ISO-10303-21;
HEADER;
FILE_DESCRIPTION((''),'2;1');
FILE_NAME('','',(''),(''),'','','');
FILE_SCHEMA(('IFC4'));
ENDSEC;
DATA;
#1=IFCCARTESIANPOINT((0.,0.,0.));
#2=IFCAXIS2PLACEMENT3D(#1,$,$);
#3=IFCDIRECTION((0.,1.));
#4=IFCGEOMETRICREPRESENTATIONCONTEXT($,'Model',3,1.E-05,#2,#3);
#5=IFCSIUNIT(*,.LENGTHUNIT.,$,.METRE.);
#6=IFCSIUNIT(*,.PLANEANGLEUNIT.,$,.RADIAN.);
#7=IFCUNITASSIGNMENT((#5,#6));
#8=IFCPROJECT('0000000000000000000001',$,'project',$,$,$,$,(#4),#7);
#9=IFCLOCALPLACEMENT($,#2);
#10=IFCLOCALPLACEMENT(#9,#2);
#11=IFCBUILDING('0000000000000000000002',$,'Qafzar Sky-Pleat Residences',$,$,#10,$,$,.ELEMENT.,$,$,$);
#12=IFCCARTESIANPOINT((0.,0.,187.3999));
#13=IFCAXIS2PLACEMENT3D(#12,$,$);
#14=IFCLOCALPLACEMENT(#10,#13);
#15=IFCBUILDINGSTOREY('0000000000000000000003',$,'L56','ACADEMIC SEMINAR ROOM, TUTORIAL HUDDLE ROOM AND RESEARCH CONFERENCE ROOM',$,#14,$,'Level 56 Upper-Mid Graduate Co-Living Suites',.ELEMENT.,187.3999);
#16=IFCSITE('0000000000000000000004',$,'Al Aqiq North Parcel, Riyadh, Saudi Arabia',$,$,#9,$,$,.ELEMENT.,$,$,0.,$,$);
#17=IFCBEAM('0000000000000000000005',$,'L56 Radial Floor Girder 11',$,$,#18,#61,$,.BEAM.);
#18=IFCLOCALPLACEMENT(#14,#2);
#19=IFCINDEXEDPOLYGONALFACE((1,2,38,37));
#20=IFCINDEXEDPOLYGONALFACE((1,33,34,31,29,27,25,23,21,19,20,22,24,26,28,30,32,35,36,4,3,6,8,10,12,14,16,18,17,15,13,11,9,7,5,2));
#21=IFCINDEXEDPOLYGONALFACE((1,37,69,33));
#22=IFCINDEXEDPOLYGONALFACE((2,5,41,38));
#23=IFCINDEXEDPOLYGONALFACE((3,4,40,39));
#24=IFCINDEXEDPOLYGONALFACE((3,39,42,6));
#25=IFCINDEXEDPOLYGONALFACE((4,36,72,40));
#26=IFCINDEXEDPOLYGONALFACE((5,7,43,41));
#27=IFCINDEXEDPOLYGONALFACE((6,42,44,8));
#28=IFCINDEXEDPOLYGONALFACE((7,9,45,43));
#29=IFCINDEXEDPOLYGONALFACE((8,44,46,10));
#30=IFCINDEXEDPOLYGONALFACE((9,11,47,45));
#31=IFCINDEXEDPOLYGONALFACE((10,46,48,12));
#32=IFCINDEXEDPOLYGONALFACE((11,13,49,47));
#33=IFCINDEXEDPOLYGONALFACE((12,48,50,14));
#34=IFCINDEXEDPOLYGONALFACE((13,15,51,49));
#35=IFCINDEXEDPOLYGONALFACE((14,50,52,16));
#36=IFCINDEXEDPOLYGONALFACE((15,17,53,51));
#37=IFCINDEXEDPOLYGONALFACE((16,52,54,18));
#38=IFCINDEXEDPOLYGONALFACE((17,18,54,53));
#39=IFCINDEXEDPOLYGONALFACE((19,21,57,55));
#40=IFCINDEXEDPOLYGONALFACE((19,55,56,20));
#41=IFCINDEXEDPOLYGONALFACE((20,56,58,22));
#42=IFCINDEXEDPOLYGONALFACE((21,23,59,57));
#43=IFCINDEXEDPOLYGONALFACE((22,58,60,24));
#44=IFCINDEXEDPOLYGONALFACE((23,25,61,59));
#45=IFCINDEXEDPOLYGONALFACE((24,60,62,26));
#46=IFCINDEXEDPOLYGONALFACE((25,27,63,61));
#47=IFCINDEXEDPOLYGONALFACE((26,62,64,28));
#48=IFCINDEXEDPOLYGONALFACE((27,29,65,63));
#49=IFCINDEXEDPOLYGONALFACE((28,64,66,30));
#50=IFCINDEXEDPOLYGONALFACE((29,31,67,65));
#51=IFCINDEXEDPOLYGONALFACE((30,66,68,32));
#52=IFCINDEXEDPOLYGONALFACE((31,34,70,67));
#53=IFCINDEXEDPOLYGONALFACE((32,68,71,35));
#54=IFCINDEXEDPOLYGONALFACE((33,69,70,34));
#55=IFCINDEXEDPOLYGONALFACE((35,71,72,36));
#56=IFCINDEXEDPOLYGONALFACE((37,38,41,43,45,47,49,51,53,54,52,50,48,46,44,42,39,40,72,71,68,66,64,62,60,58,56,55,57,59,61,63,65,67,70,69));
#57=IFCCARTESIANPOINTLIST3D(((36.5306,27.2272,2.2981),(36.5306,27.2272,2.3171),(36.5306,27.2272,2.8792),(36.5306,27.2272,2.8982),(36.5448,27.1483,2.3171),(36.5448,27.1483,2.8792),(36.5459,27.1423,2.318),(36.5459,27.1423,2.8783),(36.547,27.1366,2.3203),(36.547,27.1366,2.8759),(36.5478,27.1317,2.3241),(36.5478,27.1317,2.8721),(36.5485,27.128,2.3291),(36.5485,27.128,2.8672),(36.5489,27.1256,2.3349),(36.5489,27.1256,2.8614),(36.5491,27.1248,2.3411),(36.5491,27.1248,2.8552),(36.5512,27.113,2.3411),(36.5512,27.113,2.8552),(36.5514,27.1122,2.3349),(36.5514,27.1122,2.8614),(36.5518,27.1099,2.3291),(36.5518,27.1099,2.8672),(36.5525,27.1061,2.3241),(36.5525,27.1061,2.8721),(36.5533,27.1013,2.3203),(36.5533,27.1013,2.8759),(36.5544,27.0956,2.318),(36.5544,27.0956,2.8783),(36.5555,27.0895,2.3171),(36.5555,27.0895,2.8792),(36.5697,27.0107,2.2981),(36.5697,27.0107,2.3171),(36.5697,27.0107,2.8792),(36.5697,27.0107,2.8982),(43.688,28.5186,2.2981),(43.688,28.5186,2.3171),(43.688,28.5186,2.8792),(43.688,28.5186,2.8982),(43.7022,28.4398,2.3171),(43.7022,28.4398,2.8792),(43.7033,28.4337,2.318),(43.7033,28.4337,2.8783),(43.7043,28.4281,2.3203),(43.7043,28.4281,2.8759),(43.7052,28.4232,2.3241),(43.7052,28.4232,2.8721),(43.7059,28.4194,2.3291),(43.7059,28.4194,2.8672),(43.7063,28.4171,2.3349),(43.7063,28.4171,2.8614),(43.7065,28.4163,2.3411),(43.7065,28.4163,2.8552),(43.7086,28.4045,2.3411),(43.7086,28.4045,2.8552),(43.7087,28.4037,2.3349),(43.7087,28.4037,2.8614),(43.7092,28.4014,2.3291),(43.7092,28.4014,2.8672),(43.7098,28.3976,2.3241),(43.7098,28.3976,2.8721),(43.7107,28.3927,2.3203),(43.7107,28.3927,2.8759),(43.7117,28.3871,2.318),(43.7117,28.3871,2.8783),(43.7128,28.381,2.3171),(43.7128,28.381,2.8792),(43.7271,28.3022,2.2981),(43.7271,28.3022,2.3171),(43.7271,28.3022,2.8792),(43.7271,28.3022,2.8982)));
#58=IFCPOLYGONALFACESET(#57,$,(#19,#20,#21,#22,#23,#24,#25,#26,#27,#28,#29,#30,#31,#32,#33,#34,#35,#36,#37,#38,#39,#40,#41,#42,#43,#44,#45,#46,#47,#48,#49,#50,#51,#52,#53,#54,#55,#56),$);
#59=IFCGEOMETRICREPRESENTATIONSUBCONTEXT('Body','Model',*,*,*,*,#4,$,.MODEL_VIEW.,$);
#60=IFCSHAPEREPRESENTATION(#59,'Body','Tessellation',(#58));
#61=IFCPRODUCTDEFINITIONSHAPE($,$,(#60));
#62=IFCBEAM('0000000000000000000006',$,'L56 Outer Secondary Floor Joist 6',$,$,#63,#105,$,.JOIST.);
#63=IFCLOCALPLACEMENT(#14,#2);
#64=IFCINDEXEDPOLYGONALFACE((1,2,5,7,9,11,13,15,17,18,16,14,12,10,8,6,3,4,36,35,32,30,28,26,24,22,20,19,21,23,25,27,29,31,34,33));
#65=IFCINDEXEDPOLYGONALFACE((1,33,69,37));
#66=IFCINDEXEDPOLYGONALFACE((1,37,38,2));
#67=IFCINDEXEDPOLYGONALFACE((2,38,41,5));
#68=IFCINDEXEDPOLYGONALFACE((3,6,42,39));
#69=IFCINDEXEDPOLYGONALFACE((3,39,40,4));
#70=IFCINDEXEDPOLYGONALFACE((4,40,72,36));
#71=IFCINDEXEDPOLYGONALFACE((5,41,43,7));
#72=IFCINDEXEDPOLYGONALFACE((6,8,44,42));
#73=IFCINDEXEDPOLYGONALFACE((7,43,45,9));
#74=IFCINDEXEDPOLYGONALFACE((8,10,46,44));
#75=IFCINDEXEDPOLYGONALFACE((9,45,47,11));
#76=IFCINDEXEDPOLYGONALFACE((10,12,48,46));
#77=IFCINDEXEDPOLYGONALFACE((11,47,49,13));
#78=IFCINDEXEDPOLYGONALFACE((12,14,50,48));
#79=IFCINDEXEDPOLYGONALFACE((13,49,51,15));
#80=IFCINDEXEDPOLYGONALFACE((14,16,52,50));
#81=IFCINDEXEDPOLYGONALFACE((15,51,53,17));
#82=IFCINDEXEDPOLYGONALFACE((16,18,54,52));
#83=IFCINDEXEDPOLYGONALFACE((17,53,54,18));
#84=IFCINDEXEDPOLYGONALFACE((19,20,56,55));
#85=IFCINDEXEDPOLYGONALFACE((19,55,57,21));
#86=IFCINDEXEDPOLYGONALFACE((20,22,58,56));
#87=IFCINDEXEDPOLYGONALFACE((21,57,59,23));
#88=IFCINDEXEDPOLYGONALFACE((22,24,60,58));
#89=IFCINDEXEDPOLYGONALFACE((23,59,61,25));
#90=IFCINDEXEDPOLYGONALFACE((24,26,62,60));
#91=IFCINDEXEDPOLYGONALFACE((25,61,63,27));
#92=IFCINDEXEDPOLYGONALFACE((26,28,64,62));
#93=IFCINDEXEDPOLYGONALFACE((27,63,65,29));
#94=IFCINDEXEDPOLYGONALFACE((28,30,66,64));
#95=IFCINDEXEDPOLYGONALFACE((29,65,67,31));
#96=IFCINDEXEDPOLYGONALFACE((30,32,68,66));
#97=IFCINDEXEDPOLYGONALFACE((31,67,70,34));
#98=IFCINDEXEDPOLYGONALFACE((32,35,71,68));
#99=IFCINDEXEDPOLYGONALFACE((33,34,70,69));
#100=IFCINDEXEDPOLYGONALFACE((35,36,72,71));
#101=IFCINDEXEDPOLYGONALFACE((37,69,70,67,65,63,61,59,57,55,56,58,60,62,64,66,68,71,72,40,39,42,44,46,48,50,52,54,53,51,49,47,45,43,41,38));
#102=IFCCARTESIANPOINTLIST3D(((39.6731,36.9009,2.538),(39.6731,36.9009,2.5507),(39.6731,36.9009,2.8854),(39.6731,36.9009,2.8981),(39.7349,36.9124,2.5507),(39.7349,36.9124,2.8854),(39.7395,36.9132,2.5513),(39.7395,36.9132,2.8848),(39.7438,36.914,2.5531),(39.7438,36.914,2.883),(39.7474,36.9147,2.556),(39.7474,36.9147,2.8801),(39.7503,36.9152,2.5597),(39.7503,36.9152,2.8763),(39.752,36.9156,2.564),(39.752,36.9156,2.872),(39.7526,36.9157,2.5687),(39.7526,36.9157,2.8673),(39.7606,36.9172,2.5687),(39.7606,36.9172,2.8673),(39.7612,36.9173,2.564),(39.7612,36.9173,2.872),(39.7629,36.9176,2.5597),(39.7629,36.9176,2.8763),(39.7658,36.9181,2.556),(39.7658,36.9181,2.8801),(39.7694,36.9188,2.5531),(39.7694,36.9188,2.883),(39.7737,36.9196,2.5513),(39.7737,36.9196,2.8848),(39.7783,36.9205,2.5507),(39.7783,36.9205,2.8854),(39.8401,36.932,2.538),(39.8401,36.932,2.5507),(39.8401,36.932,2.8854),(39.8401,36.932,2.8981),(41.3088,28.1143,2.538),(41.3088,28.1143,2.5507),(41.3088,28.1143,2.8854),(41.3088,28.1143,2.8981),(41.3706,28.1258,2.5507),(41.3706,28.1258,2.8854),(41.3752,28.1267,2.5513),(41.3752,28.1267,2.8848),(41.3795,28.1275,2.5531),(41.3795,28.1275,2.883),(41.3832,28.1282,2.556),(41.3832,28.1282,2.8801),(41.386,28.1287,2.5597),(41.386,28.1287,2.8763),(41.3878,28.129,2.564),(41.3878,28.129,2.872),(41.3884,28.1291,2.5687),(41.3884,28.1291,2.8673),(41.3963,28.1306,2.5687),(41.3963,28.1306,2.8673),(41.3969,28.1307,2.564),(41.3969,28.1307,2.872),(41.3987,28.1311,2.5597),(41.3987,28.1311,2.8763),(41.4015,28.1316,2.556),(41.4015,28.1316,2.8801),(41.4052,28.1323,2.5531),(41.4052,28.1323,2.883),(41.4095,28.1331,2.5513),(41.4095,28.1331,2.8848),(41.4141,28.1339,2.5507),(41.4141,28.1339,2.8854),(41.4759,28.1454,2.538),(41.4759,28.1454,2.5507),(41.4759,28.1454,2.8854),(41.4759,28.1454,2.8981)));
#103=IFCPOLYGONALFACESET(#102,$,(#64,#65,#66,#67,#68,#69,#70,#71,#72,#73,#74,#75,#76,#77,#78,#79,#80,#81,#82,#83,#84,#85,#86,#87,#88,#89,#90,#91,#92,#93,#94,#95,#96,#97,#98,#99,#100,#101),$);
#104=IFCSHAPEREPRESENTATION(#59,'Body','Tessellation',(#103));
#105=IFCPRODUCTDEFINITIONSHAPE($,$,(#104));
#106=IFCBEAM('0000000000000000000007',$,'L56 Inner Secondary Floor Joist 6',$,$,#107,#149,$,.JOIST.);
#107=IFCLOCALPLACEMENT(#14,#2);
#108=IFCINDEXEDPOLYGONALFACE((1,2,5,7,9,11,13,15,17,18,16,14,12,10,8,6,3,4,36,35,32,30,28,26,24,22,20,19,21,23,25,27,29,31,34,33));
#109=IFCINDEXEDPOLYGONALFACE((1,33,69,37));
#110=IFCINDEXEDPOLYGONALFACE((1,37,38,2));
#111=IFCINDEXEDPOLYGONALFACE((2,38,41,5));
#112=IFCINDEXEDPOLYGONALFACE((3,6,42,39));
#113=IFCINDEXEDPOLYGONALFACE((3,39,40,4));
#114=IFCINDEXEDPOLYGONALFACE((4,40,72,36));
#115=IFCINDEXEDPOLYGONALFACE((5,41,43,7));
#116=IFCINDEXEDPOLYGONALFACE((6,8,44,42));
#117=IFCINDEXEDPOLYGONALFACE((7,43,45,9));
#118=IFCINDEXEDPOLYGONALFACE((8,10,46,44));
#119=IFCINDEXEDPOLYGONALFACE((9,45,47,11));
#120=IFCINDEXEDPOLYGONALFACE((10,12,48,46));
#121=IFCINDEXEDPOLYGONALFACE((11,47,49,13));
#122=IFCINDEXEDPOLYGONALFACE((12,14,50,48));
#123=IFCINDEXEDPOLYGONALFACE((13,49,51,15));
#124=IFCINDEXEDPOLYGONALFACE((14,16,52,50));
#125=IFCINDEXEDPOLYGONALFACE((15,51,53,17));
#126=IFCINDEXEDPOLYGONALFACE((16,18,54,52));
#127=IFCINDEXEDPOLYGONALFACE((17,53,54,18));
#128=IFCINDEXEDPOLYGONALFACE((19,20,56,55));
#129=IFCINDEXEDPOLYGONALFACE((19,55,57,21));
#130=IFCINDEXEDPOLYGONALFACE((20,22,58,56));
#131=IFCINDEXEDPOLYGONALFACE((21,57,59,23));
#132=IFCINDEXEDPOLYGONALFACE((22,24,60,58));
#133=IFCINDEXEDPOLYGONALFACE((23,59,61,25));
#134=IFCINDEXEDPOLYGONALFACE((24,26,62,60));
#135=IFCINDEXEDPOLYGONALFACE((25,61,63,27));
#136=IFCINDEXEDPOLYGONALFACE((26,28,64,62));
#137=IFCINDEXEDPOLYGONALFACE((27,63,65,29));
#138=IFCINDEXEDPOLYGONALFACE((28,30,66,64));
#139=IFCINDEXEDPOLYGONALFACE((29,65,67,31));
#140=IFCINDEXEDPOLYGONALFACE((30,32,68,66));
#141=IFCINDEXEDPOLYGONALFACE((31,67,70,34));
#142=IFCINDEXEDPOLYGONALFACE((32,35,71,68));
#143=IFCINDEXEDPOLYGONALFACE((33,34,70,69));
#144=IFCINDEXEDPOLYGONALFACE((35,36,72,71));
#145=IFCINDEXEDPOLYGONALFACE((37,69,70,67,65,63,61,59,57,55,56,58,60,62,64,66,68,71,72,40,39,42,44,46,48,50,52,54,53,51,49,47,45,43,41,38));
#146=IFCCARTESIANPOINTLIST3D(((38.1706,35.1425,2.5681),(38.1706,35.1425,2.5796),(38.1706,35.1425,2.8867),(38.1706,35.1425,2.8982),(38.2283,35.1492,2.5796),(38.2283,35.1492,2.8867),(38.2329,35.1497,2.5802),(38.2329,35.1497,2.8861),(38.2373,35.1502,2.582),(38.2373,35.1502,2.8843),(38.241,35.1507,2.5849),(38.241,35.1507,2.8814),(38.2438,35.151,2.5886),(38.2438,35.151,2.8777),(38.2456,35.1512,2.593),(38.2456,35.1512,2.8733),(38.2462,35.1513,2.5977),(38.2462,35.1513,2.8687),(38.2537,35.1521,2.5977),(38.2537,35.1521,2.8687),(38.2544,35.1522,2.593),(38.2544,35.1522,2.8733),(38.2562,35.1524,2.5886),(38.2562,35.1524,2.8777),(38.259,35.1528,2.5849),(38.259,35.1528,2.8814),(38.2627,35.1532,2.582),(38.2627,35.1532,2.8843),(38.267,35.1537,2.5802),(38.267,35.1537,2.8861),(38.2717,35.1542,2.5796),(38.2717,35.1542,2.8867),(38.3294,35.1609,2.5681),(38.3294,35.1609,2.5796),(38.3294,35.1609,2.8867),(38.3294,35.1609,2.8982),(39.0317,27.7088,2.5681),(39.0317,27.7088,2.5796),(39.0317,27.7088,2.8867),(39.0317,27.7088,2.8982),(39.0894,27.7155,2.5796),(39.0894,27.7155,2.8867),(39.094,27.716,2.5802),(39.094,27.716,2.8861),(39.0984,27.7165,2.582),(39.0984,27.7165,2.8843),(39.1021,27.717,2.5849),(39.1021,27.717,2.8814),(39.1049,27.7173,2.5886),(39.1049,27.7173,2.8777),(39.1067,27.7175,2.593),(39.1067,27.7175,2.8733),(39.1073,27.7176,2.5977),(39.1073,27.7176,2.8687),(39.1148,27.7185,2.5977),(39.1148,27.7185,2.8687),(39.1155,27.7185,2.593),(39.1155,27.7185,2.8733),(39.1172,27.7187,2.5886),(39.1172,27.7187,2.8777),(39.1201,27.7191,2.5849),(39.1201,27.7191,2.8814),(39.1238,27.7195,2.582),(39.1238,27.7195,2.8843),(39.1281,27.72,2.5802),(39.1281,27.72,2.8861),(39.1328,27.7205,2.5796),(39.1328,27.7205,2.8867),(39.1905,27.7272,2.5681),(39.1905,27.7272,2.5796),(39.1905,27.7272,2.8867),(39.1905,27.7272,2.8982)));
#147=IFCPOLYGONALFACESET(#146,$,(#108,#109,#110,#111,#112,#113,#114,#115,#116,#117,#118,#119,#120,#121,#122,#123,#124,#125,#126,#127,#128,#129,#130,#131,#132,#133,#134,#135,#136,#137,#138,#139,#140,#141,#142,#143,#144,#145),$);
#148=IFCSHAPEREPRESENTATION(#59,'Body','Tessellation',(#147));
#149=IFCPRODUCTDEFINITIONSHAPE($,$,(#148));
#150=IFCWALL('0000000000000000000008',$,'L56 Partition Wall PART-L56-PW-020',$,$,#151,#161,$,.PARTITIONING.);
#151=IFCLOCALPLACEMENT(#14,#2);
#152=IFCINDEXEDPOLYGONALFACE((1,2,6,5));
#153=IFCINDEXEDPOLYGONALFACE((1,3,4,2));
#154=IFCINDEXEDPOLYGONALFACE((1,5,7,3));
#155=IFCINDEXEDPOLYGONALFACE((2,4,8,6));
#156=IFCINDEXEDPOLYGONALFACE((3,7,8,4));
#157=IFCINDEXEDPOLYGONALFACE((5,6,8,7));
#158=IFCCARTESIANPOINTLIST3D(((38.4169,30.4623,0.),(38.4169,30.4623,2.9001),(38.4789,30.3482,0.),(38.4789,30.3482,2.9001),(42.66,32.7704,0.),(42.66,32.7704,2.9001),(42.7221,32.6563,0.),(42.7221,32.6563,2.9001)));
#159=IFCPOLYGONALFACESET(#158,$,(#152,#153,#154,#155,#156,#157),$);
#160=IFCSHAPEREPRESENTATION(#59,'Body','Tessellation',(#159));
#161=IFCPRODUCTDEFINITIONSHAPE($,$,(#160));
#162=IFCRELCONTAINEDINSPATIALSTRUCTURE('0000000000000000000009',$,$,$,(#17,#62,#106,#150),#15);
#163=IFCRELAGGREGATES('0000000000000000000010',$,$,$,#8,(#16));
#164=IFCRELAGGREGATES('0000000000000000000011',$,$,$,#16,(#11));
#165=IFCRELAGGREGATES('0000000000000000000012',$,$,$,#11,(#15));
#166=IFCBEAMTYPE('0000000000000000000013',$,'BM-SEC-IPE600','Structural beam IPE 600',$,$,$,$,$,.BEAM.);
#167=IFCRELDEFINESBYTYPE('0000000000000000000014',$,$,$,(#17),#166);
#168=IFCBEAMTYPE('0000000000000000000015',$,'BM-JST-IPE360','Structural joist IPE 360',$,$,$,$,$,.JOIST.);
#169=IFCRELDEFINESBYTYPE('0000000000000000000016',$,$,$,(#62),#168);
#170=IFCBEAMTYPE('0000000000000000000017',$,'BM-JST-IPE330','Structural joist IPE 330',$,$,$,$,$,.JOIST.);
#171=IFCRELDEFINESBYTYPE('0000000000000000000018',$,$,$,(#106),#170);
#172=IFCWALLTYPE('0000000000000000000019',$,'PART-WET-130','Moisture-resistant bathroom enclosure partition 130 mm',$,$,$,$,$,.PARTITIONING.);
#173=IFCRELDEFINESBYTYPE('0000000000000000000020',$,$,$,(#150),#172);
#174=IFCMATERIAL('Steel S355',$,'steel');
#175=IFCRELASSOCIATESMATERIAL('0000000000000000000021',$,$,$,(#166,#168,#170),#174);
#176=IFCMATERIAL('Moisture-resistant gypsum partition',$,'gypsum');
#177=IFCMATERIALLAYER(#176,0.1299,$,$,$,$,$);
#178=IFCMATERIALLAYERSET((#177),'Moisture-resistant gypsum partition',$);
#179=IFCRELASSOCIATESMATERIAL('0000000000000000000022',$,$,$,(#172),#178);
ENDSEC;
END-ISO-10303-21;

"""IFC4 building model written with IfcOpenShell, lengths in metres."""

from ifc_helpers import new_model, si_unit, direction, frame, frame_2d, origin, origin_2d, place, context, subcontext, project, spatial, rectangle, i_section, extrude, source, transform, mapped, material, layer, layer_set, material_profile, profile_set, type_object, element, save


model = new_model("IFC4")

# Units and contexts
model_context = context("Model", 3, precision=1e-05, world=origin(), true_north=direction((0.0, 1.0)))
body_context = subcontext(model_context, "Body", "Model", "MODEL_VIEW")
ifc_project = project(units=[si_unit("LENGTHUNIT", "METRE"), si_unit("PLANEANGLEUNIT", "RADIAN")], contexts=[model_context])

# Site, building, storey
site_placement = place(None, origin())
site = spatial("IfcSite", under=ifc_project, at=site_placement, Name="Al Aqiq North Parcel, Riyadh, Saudi Arabia", CompositionType="ELEMENT", RefElevation=0.0)
building_placement = place(site_placement, origin())
building = spatial("IfcBuilding", under=site, at=building_placement, Name="Qafzar Sky-Pleat Residences", CompositionType="ELEMENT")
storey_placement = place(building_placement, frame((0.0, 0.0, 187.3999)))
storey = spatial("IfcBuildingStorey", under=building, at=storey_placement, Name="L56", Description="ACADEMIC SEMINAR ROOM, TUTORIAL HUDDLE ROOM AND RESEARCH CONFERENCE ROOM", LongName="Level 56 Upper-Mid Graduate Co-Living Suites", CompositionType="ELEMENT", Elevation=187.3999)

# Shared definitions
ifc_material_1 = material(Name="Steel S355", Category="steel")

# Beams
ifc_material_profile_1 = material_profile(ifc_material_1, i_section(OverallWidth=0.22, OverallDepth=0.6001, WebThickness=0.012, FlangeThickness=0.019, FilletRadius=0.0239, at=origin_2d()), Name="IPE 600")
ifc_profile_set_1 = profile_set([ifc_material_profile_1], Name="Steel S355")
beam_type_1 = type_object("IfcBeamType", Name="BM-SEC-IPE600", Description="Structural beam IPE 600", PredefinedType="BEAM", material=ifc_profile_set_1)
shared_shape_1 = source(origin(), body_context, "Body", "SweptSolid", [
    extrude(i_section(OverallWidth=0.22, OverallDepth=0.6001, WebThickness=0.012, FlangeThickness=0.019, FilletRadius=0.0239, at=origin_2d()), origin(), (0.0, 0.0, 1.0), 7.2729),
])
beam_1_placement = place(storey_placement, frame((43.7075, 28.4104, 2.5981), z_axis=(-0.984108, -0.177574, 0.0), x_axis=(0.177574, -0.984108, 0.0)))
element("IfcBeam", 1, at=beam_1_placement, inside=storey, type_object=beam_type_1, Name="L56 Radial Floor Girder 11", PredefinedType="BEAM", context=body_context, shape_type="MappedRepresentation", body=[
    mapped(shared_shape_1, transform((0.0, 0.0, 0.0), x_axis=(1.0, 0.0, 0.0), y_axis=(0.0, 1.0, 0.0), z_axis=(0.0, 0.0, 1.0), scale=1.0)),
])
ifc_material_profile_2 = material_profile(ifc_material_1, i_section(OverallWidth=0.1699, OverallDepth=0.3601, WebThickness=0.0081, FlangeThickness=0.0127, FilletRadius=0.0181, at=origin_2d()), Name="IPE 360")
ifc_profile_set_2 = profile_set([ifc_material_profile_2], Name="Steel S355")
beam_type_2 = type_object("IfcBeamType", Name="BM-JST-IPE360", Description="Structural joist IPE 360", PredefinedType="JOIST", material=ifc_profile_set_2)
shared_shape_2 = source(origin(), body_context, "Body", "SweptSolid", [
    extrude(i_section(OverallWidth=0.1699, OverallDepth=0.3601, WebThickness=0.0081, FlangeThickness=0.0127, FilletRadius=0.0181, at=origin_2d()), origin(), (0.0, 0.0, 1.0), 8.9375),
])
beam_2_placement = place(storey_placement, frame((41.3923, 28.1299, 2.718), z_axis=(-0.183018, 0.983109, 0.0), x_axis=(-0.983109, -0.183018, 0.0)))
element("IfcBeam", 2, at=beam_2_placement, inside=storey, type_object=beam_type_2, Name="L56 Outer Secondary Floor Joist 6", PredefinedType="JOIST", context=body_context, shape_type="MappedRepresentation", body=[
    mapped(shared_shape_2, transform((0.0, 0.0, 0.0), x_axis=(1.0, 0.0, 0.0), y_axis=(0.0, 1.0, 0.0), z_axis=(0.0, 0.0, 1.0), scale=1.0)),
])
ifc_material_profile_3 = material_profile(ifc_material_1, i_section(OverallWidth=0.1599, OverallDepth=0.3301, WebThickness=0.0076, FlangeThickness=0.0115, FilletRadius=0.0181, at=origin_2d()), Name="IPE 330")
ifc_profile_set_3 = profile_set([ifc_material_profile_3], Name="Steel S355")
beam_type_3 = type_object("IfcBeamType", Name="BM-JST-IPE330", Description="Structural joist IPE 330", PredefinedType="JOIST", material=ifc_profile_set_3)
shared_shape_3 = source(origin(), body_context, "Body", "SweptSolid", [
    extrude(i_section(OverallWidth=0.1599, OverallDepth=0.3301, WebThickness=0.0076, FlangeThickness=0.0115, FilletRadius=0.0181, at=origin_2d()), origin(), (0.0, 0.0, 1.0), 7.4834),
])
beam_3_placement = place(storey_placement, frame((39.1111, 27.718, 2.7332), z_axis=(-0.115067, 0.993358, 0.0), x_axis=(-0.993358, -0.115067, 0.0)))
element("IfcBeam", 3, at=beam_3_placement, inside=storey, type_object=beam_type_3, Name="L56 Inner Secondary Floor Joist 6", PredefinedType="JOIST", context=body_context, shape_type="MappedRepresentation", body=[
    mapped(shared_shape_3, transform((0.0, 0.0, 0.0), x_axis=(1.0, 0.0, 0.0), y_axis=(0.0, 1.0, 0.0), z_axis=(0.0, 0.0, 1.0), scale=1.0)),
])

# Wall
ifc_material_2 = material(Name="Moisture-resistant gypsum partition", Category="gypsum")
ifc_layer_1 = layer(ifc_material_2, 0.1299)
ifc_layer_set_1 = layer_set([ifc_layer_1], Name="Moisture-resistant gypsum partition")
wall_type_1 = type_object("IfcWallType", Name="PART-WET-130", Description="Moisture-resistant bathroom enclosure partition 130 mm", PredefinedType="PARTITIONING", material=ifc_layer_set_1)
wall_1_placement = place(storey_placement, frame((38.448, 30.4053, 0.0), z_axis=(0.0, 0.0, 1.0), x_axis=(0.878447, 0.477839, 0.0)))
element("IfcWall", 4, at=wall_1_placement, inside=storey, type_object=wall_type_1, Name="L56 Partition Wall PART-L56-PW-020", PredefinedType="PARTITIONING", context=body_context, shape_type="SweptSolid", body=[
    extrude(rectangle(XDim=4.8303, YDim=0.1299, at=frame_2d((2.415, 0.0))), origin(), (0.0, 0.0, 1.0), 2.9001),
])

save(model, "model.ifc")
